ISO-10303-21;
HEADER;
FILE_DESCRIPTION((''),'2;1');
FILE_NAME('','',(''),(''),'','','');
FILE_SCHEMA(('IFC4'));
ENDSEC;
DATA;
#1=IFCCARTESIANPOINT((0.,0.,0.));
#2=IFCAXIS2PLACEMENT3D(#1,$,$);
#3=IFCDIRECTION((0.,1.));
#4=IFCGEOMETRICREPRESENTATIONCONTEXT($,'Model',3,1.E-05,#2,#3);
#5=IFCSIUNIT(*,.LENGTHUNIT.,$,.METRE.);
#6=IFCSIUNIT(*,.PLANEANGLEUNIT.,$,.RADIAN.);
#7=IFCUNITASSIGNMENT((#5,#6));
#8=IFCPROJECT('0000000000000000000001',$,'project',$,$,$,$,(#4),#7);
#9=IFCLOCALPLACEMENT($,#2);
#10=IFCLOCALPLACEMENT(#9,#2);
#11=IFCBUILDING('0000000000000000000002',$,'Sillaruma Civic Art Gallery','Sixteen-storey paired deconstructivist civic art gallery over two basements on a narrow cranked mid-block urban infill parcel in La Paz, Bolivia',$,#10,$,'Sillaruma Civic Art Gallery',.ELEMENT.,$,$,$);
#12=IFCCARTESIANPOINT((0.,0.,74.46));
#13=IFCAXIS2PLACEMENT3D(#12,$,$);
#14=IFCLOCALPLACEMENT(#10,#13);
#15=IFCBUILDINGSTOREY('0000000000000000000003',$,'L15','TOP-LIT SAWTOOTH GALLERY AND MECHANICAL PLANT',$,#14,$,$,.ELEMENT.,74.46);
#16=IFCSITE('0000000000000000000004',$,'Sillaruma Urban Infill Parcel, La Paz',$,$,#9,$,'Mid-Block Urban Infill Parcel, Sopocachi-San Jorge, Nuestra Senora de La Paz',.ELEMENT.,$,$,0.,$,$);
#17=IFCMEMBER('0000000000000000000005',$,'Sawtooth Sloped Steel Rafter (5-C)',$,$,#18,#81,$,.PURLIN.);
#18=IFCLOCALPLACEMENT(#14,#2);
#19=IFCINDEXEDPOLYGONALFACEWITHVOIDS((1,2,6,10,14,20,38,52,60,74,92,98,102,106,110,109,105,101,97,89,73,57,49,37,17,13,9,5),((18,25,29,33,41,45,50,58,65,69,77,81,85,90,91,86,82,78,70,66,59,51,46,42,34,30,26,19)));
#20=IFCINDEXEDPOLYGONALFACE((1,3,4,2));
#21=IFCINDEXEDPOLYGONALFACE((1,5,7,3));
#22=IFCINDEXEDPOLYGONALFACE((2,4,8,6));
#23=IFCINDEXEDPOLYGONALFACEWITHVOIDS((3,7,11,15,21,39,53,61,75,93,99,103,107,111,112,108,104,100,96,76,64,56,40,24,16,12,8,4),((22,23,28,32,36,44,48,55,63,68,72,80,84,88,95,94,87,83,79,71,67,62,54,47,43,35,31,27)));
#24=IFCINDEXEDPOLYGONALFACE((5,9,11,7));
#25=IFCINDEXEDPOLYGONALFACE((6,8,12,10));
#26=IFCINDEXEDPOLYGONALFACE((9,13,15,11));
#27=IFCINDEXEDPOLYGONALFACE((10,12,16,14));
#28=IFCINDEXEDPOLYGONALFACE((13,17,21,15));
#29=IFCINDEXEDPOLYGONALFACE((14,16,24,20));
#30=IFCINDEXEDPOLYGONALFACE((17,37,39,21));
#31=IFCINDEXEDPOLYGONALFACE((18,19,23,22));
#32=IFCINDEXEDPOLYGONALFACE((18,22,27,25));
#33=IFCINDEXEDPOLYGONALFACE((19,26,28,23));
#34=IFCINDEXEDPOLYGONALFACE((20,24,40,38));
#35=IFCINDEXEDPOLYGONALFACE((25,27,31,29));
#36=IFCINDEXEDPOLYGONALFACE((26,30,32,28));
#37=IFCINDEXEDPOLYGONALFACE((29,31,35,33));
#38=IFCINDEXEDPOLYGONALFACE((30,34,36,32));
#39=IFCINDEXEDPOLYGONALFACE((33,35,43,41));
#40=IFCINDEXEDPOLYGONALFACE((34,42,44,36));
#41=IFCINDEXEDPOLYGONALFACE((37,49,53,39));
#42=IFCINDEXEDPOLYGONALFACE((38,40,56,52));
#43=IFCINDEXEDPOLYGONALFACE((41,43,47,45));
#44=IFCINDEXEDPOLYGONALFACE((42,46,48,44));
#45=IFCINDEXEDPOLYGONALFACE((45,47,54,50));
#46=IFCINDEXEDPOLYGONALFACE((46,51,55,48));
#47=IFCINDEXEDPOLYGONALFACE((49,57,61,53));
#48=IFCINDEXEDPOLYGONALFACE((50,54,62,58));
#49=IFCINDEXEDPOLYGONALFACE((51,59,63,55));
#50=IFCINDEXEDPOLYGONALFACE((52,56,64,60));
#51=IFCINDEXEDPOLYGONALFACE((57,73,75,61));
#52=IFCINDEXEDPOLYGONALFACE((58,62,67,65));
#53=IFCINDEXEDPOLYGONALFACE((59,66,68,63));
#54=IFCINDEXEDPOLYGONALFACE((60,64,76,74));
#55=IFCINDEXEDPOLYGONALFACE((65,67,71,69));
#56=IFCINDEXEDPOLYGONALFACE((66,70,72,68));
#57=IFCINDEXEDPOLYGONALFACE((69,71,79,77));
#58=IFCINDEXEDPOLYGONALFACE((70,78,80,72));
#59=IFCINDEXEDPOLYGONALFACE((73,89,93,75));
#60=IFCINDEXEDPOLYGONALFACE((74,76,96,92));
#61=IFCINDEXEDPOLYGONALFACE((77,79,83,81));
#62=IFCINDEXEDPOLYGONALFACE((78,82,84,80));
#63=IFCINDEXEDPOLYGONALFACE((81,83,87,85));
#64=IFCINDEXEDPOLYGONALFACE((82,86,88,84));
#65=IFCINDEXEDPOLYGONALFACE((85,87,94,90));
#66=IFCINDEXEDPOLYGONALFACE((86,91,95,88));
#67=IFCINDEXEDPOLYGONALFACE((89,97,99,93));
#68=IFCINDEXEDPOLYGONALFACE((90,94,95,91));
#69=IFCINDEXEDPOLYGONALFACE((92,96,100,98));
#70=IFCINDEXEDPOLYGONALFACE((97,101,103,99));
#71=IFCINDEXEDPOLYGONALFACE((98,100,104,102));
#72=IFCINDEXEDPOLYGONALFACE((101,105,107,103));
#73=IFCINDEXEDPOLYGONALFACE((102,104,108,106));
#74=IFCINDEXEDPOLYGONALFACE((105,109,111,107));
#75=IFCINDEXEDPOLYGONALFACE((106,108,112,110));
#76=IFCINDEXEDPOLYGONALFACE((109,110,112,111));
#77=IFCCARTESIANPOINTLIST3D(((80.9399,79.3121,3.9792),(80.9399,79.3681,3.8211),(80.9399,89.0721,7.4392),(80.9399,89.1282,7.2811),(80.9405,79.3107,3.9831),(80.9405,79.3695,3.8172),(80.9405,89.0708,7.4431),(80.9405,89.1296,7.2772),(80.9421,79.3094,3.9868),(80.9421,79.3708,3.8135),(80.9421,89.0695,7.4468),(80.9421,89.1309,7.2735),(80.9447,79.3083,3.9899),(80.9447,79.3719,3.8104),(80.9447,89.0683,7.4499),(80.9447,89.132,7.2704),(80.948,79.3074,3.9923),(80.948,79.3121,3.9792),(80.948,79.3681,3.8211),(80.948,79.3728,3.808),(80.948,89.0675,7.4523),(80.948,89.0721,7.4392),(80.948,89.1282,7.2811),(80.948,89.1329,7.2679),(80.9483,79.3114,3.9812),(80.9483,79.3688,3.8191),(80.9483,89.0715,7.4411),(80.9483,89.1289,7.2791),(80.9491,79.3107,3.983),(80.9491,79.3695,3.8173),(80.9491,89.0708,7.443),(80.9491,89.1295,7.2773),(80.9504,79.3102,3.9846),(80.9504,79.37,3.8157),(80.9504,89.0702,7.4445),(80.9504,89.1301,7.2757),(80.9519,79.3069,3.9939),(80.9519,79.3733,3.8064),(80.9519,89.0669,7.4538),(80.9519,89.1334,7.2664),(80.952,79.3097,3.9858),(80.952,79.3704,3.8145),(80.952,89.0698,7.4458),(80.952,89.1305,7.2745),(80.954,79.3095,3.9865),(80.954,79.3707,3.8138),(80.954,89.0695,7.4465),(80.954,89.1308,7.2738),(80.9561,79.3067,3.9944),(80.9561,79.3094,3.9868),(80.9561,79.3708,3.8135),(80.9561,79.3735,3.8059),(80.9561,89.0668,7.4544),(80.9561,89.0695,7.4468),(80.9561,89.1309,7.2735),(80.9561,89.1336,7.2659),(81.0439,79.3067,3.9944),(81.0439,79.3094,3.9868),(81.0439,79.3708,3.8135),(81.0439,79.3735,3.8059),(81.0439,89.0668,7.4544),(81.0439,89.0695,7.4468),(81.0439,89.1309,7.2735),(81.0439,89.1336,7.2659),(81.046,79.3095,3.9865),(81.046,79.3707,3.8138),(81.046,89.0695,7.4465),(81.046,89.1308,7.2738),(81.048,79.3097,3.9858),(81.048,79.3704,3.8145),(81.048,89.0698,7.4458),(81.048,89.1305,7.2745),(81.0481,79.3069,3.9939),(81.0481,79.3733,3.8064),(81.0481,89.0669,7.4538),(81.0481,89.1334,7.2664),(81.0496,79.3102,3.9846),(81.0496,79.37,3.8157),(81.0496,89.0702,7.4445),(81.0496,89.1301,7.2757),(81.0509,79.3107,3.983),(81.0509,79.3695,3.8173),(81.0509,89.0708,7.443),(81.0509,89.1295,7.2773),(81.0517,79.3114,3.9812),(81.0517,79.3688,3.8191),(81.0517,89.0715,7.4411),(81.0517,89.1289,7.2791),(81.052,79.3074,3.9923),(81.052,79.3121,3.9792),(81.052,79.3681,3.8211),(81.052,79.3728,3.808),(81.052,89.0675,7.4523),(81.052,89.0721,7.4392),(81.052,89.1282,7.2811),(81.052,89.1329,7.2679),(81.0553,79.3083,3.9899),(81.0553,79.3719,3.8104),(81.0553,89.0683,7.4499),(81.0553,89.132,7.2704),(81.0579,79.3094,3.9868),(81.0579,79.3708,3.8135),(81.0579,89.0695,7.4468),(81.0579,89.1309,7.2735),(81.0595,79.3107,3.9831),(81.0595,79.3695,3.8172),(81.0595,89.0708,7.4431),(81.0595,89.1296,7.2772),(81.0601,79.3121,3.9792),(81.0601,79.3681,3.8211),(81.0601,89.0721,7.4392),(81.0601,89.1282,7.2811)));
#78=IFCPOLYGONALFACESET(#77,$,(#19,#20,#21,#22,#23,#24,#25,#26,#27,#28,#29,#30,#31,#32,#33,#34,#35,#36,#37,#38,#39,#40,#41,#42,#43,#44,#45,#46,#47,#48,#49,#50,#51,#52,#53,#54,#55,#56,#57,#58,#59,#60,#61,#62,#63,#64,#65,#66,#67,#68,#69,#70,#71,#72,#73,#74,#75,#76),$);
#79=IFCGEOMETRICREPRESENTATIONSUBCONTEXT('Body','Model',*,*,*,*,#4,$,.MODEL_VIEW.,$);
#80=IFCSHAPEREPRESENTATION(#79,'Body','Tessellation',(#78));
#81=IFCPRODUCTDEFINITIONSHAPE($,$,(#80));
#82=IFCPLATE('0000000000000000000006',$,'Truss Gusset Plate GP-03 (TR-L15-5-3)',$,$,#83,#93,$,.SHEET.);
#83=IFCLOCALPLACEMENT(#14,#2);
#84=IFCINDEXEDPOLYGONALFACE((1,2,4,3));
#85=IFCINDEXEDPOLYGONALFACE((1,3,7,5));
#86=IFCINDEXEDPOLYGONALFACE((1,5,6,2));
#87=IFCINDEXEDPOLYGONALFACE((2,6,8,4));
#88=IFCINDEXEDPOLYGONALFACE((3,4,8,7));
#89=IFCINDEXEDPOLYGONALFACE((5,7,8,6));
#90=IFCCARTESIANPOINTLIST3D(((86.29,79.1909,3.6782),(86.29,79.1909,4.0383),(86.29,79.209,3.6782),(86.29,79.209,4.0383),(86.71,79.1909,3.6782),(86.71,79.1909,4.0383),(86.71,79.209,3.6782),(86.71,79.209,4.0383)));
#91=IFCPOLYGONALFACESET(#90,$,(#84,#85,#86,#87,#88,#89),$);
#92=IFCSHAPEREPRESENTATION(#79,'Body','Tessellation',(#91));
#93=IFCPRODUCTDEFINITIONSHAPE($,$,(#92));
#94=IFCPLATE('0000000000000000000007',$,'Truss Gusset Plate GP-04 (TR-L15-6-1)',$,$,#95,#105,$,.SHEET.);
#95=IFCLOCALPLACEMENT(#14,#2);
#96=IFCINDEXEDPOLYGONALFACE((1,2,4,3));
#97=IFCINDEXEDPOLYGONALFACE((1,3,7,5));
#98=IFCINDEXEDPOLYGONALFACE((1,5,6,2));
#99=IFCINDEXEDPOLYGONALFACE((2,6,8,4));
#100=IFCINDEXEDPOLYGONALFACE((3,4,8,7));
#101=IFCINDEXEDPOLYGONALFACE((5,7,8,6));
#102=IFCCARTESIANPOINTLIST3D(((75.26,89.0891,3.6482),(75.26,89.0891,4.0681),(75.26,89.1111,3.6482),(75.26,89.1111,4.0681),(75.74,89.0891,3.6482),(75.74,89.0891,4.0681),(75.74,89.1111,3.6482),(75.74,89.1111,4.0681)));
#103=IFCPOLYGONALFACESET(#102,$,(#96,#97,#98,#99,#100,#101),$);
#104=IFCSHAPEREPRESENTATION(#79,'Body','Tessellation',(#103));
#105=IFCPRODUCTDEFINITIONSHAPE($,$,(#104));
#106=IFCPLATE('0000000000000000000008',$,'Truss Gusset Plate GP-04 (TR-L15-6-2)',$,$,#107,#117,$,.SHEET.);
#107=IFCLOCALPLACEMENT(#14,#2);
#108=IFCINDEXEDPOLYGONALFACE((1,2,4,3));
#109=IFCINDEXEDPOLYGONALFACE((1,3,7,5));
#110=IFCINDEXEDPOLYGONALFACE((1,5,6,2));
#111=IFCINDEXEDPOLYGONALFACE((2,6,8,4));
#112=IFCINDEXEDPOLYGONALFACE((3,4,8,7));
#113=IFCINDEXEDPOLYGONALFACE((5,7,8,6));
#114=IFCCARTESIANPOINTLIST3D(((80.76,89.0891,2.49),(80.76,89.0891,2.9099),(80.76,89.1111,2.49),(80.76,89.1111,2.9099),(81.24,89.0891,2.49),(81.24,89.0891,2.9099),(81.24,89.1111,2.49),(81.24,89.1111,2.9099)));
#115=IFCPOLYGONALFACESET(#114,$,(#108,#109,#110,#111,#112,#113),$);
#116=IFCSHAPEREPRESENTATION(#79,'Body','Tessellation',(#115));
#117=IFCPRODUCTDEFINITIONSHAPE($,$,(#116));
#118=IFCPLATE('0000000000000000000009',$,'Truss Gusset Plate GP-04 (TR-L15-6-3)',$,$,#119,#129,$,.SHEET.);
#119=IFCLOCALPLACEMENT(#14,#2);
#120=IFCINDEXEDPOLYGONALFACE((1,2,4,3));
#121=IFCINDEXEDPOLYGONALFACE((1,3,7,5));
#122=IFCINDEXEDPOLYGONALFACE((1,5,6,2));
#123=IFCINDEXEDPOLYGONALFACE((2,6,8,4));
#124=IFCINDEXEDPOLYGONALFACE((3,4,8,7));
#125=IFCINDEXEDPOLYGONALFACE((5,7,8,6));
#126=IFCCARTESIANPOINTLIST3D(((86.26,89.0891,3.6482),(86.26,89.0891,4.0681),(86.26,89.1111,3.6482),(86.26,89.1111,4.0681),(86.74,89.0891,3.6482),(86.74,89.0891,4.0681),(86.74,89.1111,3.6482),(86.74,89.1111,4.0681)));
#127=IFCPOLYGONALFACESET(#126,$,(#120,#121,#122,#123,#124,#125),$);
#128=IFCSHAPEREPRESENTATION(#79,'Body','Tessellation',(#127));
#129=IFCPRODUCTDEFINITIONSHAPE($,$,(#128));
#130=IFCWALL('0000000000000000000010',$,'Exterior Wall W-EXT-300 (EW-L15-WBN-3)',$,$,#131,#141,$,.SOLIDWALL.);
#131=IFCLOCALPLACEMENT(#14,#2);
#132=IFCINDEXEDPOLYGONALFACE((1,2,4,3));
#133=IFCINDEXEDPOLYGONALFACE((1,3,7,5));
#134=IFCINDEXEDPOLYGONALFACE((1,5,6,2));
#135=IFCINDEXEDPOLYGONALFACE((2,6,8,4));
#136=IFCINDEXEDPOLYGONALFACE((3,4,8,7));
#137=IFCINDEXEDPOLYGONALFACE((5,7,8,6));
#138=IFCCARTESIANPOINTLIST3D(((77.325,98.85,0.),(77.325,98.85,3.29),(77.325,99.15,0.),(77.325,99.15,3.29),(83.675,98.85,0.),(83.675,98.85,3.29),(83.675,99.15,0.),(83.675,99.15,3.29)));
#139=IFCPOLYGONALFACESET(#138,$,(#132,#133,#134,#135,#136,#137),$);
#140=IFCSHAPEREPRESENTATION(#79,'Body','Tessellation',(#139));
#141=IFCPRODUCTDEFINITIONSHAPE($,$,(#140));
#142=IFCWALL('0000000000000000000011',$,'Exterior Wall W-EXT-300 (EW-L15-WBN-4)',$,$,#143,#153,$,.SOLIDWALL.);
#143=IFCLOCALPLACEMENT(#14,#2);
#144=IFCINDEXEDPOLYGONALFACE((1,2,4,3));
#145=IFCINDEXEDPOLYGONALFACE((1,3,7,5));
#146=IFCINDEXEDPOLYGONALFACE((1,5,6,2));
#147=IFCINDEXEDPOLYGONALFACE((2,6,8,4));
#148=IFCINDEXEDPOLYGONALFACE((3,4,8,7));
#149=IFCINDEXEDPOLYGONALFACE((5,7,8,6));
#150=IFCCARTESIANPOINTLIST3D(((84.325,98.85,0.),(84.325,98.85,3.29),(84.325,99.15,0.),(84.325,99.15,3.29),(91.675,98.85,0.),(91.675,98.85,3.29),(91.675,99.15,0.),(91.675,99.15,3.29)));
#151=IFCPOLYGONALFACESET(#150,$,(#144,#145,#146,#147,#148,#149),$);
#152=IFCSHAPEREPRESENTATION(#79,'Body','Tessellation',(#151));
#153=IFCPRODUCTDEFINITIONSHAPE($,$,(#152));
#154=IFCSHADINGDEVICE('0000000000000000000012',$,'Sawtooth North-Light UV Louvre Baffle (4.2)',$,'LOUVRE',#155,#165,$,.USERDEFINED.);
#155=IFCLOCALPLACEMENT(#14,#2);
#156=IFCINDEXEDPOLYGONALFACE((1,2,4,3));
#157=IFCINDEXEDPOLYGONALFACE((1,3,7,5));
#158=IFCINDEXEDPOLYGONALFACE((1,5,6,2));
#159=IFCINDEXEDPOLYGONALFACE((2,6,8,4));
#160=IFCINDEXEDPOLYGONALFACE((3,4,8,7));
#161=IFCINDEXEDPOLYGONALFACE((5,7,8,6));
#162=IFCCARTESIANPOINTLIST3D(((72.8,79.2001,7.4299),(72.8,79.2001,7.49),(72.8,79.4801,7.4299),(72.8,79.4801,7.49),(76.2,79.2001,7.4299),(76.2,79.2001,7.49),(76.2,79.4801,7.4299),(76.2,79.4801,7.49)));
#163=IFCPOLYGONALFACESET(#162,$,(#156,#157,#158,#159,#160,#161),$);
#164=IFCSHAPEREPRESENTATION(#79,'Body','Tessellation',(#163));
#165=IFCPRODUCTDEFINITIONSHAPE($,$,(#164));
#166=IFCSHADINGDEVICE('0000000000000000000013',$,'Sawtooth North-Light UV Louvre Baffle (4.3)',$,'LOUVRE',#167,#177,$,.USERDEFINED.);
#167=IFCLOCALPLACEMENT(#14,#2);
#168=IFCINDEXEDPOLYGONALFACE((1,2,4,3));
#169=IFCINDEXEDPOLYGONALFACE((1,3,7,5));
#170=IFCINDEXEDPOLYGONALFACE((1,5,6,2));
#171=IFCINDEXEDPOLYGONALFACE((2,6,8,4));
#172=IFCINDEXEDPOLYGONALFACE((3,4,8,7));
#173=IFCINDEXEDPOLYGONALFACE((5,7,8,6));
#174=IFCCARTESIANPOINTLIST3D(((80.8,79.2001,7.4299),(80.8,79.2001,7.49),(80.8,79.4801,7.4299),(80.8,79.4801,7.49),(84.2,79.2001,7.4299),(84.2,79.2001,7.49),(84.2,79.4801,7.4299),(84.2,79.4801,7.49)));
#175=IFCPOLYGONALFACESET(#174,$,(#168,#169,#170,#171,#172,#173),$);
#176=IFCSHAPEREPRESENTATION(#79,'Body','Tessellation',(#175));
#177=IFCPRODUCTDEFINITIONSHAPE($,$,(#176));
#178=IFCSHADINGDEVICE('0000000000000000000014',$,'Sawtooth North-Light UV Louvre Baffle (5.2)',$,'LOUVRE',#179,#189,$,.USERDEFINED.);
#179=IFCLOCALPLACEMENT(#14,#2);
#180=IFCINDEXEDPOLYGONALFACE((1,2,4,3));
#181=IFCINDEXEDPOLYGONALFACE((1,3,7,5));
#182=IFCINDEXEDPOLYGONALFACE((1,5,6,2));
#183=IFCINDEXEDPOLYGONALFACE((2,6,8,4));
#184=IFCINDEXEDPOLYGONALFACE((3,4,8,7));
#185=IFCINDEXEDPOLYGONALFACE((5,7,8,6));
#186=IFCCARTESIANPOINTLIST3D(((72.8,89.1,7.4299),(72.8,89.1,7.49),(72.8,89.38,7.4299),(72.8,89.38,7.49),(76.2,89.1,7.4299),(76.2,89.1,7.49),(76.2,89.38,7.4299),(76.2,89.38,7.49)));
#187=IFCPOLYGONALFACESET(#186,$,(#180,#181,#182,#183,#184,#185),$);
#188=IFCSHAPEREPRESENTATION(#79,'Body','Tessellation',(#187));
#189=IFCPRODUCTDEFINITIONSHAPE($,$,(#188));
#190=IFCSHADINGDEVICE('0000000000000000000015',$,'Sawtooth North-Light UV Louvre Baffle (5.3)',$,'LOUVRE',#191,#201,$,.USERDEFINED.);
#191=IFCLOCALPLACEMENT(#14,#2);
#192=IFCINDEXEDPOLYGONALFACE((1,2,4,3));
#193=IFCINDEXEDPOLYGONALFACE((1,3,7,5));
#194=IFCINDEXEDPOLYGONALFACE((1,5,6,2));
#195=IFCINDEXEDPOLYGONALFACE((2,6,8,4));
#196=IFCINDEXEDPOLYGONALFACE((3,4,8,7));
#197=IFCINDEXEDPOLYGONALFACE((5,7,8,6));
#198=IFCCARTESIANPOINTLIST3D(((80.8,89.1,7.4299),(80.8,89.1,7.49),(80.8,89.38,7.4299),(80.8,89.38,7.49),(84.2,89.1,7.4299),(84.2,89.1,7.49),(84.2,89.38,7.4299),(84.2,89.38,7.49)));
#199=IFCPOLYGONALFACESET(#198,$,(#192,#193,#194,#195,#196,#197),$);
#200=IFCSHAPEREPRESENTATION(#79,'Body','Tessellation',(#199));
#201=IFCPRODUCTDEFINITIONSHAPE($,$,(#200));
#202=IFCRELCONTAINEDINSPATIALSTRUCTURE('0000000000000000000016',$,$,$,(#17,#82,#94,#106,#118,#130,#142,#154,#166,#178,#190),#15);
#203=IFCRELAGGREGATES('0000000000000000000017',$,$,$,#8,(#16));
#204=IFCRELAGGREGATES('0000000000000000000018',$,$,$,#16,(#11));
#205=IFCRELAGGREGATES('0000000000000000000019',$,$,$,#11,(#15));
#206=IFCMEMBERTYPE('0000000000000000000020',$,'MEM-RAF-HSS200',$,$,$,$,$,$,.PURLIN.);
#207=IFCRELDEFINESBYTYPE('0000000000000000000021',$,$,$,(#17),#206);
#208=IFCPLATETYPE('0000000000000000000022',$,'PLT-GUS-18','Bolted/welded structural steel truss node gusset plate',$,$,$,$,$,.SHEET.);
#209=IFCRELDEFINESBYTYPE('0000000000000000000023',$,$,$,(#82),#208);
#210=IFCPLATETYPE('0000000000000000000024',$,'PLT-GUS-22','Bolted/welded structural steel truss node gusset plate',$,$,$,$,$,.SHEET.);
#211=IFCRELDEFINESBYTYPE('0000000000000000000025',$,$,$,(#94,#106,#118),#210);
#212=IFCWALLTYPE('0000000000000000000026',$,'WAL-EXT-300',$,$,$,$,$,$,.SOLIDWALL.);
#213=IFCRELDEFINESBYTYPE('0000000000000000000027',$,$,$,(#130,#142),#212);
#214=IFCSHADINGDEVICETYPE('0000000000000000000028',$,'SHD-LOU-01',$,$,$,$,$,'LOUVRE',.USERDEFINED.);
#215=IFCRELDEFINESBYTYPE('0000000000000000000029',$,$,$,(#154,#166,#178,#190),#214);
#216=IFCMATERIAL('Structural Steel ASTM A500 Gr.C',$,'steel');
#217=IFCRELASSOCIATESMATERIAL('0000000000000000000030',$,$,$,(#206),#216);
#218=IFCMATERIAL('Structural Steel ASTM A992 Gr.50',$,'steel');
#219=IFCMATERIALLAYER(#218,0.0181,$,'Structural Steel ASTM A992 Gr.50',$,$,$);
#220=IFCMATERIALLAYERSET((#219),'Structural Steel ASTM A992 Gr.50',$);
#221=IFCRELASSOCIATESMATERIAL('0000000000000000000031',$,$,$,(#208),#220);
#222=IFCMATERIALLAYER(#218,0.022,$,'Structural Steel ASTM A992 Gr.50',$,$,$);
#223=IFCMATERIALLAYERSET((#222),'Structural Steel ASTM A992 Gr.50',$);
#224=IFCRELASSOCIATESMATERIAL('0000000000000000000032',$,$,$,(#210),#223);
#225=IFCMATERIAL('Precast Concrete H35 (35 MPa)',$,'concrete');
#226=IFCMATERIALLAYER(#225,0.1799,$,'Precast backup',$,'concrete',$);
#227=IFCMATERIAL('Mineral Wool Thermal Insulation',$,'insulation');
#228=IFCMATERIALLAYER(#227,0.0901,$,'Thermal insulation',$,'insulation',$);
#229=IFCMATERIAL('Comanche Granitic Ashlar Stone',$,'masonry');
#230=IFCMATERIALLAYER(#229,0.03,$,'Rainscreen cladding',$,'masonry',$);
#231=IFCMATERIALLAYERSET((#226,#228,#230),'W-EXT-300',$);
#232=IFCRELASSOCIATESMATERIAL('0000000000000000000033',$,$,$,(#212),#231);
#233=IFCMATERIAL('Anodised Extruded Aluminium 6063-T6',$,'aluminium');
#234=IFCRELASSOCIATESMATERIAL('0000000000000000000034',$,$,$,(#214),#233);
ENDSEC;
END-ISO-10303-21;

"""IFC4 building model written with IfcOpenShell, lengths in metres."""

from ifc_helpers import new_model, si_unit, direction, frame, frame_2d, origin, origin_2d, place, context, subcontext, project, spatial, rectangle, hollow_rectangle, extrude, material, layer, layer_set, material_profile, profile_set, type_object, element, save


model = new_model("IFC4")

# Units and contexts
model_context = context("Model", 3, precision=1e-05, world=origin(), true_north=direction((0.0, 1.0)))
body_context = subcontext(model_context, "Body", "Model", "MODEL_VIEW")
ifc_project = project(units=[si_unit("LENGTHUNIT", "METRE"), si_unit("PLANEANGLEUNIT", "RADIAN")], contexts=[model_context])

# Site, building, storey
site_placement = place(None, origin())
site = spatial("IfcSite", under=ifc_project, at=site_placement, Name="Sillaruma Urban Infill Parcel, La Paz", LongName="Mid-Block Urban Infill Parcel, Sopocachi-San Jorge, Nuestra Senora de La Paz", CompositionType="ELEMENT", RefElevation=0.0)
building_placement = place(site_placement, origin())
building = spatial("IfcBuilding", under=site, at=building_placement, Name="Sillaruma Civic Art Gallery", Description="Sixteen-storey paired deconstructivist civic art gallery over two basements on a narrow cranked mid-block urban infill parcel in La Paz, Bolivia", LongName="Sillaruma Civic Art Gallery", CompositionType="ELEMENT")
storey_placement = place(building_placement, frame((0.0, 0.0, 74.46)))
storey = spatial("IfcBuildingStorey", under=building, at=storey_placement, Name="L15", Description="TOP-LIT SAWTOOTH GALLERY AND MECHANICAL PLANT", CompositionType="ELEMENT", Elevation=74.46)

# Shared definitions
ifc_material_1 = material(Name="Structural Steel ASTM A992 Gr.50", Category="steel")

# Member
ifc_material_2 = material(Name="Structural Steel ASTM A500 Gr.C", Category="steel")
ifc_material_profile_1 = material_profile(ifc_material_2, hollow_rectangle(XDim=0.1201, YDim=0.2, WallThickness=0.0081, InnerFilletRadius=0.0081, OuterFilletRadius=0.0161, at=origin_2d()), Name="HSS200x120x8")
ifc_profile_set_1 = profile_set([ifc_material_profile_1], Name="Structural Steel ASTM A500 Gr.C")
member_type_1 = type_object("IfcMemberType", Name="MEM-RAF-HSS200", PredefinedType="PURLIN", material=ifc_profile_set_1)
member_1_placement = place(storey_placement, frame((81.0, 79.3401, 3.9001), z_axis=(0.0, 0.942527, 0.33413), x_axis=(-1.0, 0.0, 0.0)))
element("IfcMember", 1, at=member_1_placement, inside=storey, type_object=member_type_1, Name="Sawtooth Sloped Steel Rafter (5-C)", PredefinedType="PURLIN", context=body_context, shape_type="SweptSolid", body=[
    extrude(hollow_rectangle(XDim=0.1201, YDim=0.2, WallThickness=0.0081, InnerFilletRadius=0.0081, OuterFilletRadius=0.0161, at=origin_2d()), origin(), (0.0, 0.0, 1.0), 10.3552),
])

# Plates
ifc_layer_1 = layer(ifc_material_1, 0.0181, Name="Structural Steel ASTM A992 Gr.50")
ifc_layer_set_1 = layer_set([ifc_layer_1], Name="Structural Steel ASTM A992 Gr.50")
plate_type_1 = type_object("IfcPlateType", Name="PLT-GUS-18", Description="Bolted/welded structural steel truss node gusset plate", PredefinedType="SHEET", material=ifc_layer_set_1)
plate_placement = place(storey_placement, frame((86.5, 79.2, 3.6782), z_axis=(0.0, 0.0, 1.0), x_axis=(1.0, 0.0, 0.0)))
element("IfcPlate", 2, at=plate_placement, inside=storey, type_object=plate_type_1, Name="Truss Gusset Plate GP-03 (TR-L15-5-3)", PredefinedType="SHEET", context=body_context, shape_type="SweptSolid", body=[
    extrude(rectangle(XDim=0.4199, YDim=0.0181, at=origin_2d()), origin(), (0.0, 0.0, 1.0), 0.3601),
])
ifc_layer_2 = layer(ifc_material_1, 0.022, Name="Structural Steel ASTM A992 Gr.50")
ifc_layer_set_2 = layer_set([ifc_layer_2], Name="Structural Steel ASTM A992 Gr.50")
plate_type_2 = type_object("IfcPlateType", Name="PLT-GUS-22", Description="Bolted/welded structural steel truss node gusset plate", PredefinedType="SHEET", material=ifc_layer_set_2)
for number, where, z_axis, x_axis, name in (
    (3, (75.5, 89.1001, 3.6482), (0.0, 0.0, 1.0), (1.0, 0.0, 0.0), "Truss Gusset Plate GP-04 (TR-L15-6-1)"),
    (4, (81.0, 89.1001, 2.49), (0.0, 0.0, 1.0), (1.0, 0.0, 0.0), "Truss Gusset Plate GP-04 (TR-L15-6-2)"),
    (5, (86.5, 89.1001, 3.6482), (0.0, 0.0, 1.0), (1.0, 0.0, 0.0), "Truss Gusset Plate GP-04 (TR-L15-6-3)"),
):
    element("IfcPlate", number, at=place(storey_placement, frame(where, z_axis=z_axis, x_axis=x_axis)), inside=storey, type_object=plate_type_2, Name=name, PredefinedType="SHEET", context=body_context, shape_type="SweptSolid", body=[
        extrude(rectangle(XDim=0.48, YDim=0.022, at=origin_2d()), origin(), (0.0, 0.0, 1.0), 0.4199),
    ])

# Walls
ifc_material_3 = material(Name="Precast Concrete H35 (35 MPa)", Category="concrete")
ifc_layer_3 = layer(ifc_material_3, 0.1799, Name="Precast backup", Category="concrete")
ifc_material_4 = material(Name="Mineral Wool Thermal Insulation", Category="insulation")
ifc_layer_4 = layer(ifc_material_4, 0.0901, Name="Thermal insulation", Category="insulation")
ifc_material_5 = material(Name="Comanche Granitic Ashlar Stone", Category="masonry")
ifc_layer_5 = layer(ifc_material_5, 0.03, Name="Rainscreen cladding", Category="masonry")
ifc_layer_set_3 = layer_set([ifc_layer_3, ifc_layer_4, ifc_layer_5], Name="W-EXT-300")
wall_type = type_object("IfcWallType", Name="WAL-EXT-300", PredefinedType="SOLIDWALL", material=ifc_layer_set_3)
wall_1_placement = place(storey_placement, frame((77.325, 99.0, 0.0), z_axis=(0.0, 0.0, 1.0), x_axis=(1.0, 0.0, 0.0)))
element("IfcWall", 6, at=wall_1_placement, inside=storey, type_object=wall_type, Name="Exterior Wall W-EXT-300 (EW-L15-WBN-3)", PredefinedType="SOLIDWALL", context=body_context, shape_type="SweptSolid", body=[
    extrude(rectangle(XDim=6.3501, YDim=0.3, at=frame_2d((3.175, 0.0))), origin(), (0.0, 0.0, 1.0), 3.29),
])
wall_2_placement = place(storey_placement, frame((84.325, 99.0, 0.0), z_axis=(0.0, 0.0, 1.0), x_axis=(1.0, 0.0, 0.0)))
element("IfcWall", 7, at=wall_2_placement, inside=storey, type_object=wall_type, Name="Exterior Wall W-EXT-300 (EW-L15-WBN-4)", PredefinedType="SOLIDWALL", context=body_context, shape_type="SweptSolid", body=[
    extrude(rectangle(XDim=7.3501, YDim=0.3, at=frame_2d((3.675, 0.0))), origin(), (0.0, 0.0, 1.0), 3.29),
])

# Shading devices
ifc_material_6 = material(Name="Anodised Extruded Aluminium 6063-T6", Category="aluminium")
shading_device_type = type_object("IfcShadingDeviceType", Name="SHD-LOU-01", ElementType="LOUVRE", PredefinedType="USERDEFINED", material=ifc_material_6)
for number, where, z_axis, x_axis, name in (
    (8, (74.5, 79.3401, 7.4299), (0.0, 0.0, 1.0), (1.0, 0.0, 0.0), "Sawtooth North-Light UV Louvre Baffle (4.2)"),
    (9, (82.5, 79.3401, 7.4299), (0.0, 0.0, 1.0), (1.0, 0.0, 0.0), "Sawtooth North-Light UV Louvre Baffle (4.3)"),
    (10, (74.5, 89.24, 7.4299), (0.0, 0.0, 1.0), (1.0, 0.0, 0.0), "Sawtooth North-Light UV Louvre Baffle (5.2)"),
    (11, (82.5, 89.24, 7.4299), (0.0, 0.0, 1.0), (1.0, 0.0, 0.0), "Sawtooth North-Light UV Louvre Baffle (5.3)"),
):
    element("IfcShadingDevice", number, at=place(storey_placement, frame(where, z_axis=z_axis, x_axis=x_axis)), inside=storey, type_object=shading_device_type, Name=name, ObjectType="LOUVRE", PredefinedType="USERDEFINED", context=body_context, shape_type="SweptSolid", body=[
        extrude(rectangle(XDim=3.3999, YDim=0.28, at=origin_2d()), origin(), (0.0, 0.0, 1.0), 0.0601),
    ])

save(model, "model.ifc")
